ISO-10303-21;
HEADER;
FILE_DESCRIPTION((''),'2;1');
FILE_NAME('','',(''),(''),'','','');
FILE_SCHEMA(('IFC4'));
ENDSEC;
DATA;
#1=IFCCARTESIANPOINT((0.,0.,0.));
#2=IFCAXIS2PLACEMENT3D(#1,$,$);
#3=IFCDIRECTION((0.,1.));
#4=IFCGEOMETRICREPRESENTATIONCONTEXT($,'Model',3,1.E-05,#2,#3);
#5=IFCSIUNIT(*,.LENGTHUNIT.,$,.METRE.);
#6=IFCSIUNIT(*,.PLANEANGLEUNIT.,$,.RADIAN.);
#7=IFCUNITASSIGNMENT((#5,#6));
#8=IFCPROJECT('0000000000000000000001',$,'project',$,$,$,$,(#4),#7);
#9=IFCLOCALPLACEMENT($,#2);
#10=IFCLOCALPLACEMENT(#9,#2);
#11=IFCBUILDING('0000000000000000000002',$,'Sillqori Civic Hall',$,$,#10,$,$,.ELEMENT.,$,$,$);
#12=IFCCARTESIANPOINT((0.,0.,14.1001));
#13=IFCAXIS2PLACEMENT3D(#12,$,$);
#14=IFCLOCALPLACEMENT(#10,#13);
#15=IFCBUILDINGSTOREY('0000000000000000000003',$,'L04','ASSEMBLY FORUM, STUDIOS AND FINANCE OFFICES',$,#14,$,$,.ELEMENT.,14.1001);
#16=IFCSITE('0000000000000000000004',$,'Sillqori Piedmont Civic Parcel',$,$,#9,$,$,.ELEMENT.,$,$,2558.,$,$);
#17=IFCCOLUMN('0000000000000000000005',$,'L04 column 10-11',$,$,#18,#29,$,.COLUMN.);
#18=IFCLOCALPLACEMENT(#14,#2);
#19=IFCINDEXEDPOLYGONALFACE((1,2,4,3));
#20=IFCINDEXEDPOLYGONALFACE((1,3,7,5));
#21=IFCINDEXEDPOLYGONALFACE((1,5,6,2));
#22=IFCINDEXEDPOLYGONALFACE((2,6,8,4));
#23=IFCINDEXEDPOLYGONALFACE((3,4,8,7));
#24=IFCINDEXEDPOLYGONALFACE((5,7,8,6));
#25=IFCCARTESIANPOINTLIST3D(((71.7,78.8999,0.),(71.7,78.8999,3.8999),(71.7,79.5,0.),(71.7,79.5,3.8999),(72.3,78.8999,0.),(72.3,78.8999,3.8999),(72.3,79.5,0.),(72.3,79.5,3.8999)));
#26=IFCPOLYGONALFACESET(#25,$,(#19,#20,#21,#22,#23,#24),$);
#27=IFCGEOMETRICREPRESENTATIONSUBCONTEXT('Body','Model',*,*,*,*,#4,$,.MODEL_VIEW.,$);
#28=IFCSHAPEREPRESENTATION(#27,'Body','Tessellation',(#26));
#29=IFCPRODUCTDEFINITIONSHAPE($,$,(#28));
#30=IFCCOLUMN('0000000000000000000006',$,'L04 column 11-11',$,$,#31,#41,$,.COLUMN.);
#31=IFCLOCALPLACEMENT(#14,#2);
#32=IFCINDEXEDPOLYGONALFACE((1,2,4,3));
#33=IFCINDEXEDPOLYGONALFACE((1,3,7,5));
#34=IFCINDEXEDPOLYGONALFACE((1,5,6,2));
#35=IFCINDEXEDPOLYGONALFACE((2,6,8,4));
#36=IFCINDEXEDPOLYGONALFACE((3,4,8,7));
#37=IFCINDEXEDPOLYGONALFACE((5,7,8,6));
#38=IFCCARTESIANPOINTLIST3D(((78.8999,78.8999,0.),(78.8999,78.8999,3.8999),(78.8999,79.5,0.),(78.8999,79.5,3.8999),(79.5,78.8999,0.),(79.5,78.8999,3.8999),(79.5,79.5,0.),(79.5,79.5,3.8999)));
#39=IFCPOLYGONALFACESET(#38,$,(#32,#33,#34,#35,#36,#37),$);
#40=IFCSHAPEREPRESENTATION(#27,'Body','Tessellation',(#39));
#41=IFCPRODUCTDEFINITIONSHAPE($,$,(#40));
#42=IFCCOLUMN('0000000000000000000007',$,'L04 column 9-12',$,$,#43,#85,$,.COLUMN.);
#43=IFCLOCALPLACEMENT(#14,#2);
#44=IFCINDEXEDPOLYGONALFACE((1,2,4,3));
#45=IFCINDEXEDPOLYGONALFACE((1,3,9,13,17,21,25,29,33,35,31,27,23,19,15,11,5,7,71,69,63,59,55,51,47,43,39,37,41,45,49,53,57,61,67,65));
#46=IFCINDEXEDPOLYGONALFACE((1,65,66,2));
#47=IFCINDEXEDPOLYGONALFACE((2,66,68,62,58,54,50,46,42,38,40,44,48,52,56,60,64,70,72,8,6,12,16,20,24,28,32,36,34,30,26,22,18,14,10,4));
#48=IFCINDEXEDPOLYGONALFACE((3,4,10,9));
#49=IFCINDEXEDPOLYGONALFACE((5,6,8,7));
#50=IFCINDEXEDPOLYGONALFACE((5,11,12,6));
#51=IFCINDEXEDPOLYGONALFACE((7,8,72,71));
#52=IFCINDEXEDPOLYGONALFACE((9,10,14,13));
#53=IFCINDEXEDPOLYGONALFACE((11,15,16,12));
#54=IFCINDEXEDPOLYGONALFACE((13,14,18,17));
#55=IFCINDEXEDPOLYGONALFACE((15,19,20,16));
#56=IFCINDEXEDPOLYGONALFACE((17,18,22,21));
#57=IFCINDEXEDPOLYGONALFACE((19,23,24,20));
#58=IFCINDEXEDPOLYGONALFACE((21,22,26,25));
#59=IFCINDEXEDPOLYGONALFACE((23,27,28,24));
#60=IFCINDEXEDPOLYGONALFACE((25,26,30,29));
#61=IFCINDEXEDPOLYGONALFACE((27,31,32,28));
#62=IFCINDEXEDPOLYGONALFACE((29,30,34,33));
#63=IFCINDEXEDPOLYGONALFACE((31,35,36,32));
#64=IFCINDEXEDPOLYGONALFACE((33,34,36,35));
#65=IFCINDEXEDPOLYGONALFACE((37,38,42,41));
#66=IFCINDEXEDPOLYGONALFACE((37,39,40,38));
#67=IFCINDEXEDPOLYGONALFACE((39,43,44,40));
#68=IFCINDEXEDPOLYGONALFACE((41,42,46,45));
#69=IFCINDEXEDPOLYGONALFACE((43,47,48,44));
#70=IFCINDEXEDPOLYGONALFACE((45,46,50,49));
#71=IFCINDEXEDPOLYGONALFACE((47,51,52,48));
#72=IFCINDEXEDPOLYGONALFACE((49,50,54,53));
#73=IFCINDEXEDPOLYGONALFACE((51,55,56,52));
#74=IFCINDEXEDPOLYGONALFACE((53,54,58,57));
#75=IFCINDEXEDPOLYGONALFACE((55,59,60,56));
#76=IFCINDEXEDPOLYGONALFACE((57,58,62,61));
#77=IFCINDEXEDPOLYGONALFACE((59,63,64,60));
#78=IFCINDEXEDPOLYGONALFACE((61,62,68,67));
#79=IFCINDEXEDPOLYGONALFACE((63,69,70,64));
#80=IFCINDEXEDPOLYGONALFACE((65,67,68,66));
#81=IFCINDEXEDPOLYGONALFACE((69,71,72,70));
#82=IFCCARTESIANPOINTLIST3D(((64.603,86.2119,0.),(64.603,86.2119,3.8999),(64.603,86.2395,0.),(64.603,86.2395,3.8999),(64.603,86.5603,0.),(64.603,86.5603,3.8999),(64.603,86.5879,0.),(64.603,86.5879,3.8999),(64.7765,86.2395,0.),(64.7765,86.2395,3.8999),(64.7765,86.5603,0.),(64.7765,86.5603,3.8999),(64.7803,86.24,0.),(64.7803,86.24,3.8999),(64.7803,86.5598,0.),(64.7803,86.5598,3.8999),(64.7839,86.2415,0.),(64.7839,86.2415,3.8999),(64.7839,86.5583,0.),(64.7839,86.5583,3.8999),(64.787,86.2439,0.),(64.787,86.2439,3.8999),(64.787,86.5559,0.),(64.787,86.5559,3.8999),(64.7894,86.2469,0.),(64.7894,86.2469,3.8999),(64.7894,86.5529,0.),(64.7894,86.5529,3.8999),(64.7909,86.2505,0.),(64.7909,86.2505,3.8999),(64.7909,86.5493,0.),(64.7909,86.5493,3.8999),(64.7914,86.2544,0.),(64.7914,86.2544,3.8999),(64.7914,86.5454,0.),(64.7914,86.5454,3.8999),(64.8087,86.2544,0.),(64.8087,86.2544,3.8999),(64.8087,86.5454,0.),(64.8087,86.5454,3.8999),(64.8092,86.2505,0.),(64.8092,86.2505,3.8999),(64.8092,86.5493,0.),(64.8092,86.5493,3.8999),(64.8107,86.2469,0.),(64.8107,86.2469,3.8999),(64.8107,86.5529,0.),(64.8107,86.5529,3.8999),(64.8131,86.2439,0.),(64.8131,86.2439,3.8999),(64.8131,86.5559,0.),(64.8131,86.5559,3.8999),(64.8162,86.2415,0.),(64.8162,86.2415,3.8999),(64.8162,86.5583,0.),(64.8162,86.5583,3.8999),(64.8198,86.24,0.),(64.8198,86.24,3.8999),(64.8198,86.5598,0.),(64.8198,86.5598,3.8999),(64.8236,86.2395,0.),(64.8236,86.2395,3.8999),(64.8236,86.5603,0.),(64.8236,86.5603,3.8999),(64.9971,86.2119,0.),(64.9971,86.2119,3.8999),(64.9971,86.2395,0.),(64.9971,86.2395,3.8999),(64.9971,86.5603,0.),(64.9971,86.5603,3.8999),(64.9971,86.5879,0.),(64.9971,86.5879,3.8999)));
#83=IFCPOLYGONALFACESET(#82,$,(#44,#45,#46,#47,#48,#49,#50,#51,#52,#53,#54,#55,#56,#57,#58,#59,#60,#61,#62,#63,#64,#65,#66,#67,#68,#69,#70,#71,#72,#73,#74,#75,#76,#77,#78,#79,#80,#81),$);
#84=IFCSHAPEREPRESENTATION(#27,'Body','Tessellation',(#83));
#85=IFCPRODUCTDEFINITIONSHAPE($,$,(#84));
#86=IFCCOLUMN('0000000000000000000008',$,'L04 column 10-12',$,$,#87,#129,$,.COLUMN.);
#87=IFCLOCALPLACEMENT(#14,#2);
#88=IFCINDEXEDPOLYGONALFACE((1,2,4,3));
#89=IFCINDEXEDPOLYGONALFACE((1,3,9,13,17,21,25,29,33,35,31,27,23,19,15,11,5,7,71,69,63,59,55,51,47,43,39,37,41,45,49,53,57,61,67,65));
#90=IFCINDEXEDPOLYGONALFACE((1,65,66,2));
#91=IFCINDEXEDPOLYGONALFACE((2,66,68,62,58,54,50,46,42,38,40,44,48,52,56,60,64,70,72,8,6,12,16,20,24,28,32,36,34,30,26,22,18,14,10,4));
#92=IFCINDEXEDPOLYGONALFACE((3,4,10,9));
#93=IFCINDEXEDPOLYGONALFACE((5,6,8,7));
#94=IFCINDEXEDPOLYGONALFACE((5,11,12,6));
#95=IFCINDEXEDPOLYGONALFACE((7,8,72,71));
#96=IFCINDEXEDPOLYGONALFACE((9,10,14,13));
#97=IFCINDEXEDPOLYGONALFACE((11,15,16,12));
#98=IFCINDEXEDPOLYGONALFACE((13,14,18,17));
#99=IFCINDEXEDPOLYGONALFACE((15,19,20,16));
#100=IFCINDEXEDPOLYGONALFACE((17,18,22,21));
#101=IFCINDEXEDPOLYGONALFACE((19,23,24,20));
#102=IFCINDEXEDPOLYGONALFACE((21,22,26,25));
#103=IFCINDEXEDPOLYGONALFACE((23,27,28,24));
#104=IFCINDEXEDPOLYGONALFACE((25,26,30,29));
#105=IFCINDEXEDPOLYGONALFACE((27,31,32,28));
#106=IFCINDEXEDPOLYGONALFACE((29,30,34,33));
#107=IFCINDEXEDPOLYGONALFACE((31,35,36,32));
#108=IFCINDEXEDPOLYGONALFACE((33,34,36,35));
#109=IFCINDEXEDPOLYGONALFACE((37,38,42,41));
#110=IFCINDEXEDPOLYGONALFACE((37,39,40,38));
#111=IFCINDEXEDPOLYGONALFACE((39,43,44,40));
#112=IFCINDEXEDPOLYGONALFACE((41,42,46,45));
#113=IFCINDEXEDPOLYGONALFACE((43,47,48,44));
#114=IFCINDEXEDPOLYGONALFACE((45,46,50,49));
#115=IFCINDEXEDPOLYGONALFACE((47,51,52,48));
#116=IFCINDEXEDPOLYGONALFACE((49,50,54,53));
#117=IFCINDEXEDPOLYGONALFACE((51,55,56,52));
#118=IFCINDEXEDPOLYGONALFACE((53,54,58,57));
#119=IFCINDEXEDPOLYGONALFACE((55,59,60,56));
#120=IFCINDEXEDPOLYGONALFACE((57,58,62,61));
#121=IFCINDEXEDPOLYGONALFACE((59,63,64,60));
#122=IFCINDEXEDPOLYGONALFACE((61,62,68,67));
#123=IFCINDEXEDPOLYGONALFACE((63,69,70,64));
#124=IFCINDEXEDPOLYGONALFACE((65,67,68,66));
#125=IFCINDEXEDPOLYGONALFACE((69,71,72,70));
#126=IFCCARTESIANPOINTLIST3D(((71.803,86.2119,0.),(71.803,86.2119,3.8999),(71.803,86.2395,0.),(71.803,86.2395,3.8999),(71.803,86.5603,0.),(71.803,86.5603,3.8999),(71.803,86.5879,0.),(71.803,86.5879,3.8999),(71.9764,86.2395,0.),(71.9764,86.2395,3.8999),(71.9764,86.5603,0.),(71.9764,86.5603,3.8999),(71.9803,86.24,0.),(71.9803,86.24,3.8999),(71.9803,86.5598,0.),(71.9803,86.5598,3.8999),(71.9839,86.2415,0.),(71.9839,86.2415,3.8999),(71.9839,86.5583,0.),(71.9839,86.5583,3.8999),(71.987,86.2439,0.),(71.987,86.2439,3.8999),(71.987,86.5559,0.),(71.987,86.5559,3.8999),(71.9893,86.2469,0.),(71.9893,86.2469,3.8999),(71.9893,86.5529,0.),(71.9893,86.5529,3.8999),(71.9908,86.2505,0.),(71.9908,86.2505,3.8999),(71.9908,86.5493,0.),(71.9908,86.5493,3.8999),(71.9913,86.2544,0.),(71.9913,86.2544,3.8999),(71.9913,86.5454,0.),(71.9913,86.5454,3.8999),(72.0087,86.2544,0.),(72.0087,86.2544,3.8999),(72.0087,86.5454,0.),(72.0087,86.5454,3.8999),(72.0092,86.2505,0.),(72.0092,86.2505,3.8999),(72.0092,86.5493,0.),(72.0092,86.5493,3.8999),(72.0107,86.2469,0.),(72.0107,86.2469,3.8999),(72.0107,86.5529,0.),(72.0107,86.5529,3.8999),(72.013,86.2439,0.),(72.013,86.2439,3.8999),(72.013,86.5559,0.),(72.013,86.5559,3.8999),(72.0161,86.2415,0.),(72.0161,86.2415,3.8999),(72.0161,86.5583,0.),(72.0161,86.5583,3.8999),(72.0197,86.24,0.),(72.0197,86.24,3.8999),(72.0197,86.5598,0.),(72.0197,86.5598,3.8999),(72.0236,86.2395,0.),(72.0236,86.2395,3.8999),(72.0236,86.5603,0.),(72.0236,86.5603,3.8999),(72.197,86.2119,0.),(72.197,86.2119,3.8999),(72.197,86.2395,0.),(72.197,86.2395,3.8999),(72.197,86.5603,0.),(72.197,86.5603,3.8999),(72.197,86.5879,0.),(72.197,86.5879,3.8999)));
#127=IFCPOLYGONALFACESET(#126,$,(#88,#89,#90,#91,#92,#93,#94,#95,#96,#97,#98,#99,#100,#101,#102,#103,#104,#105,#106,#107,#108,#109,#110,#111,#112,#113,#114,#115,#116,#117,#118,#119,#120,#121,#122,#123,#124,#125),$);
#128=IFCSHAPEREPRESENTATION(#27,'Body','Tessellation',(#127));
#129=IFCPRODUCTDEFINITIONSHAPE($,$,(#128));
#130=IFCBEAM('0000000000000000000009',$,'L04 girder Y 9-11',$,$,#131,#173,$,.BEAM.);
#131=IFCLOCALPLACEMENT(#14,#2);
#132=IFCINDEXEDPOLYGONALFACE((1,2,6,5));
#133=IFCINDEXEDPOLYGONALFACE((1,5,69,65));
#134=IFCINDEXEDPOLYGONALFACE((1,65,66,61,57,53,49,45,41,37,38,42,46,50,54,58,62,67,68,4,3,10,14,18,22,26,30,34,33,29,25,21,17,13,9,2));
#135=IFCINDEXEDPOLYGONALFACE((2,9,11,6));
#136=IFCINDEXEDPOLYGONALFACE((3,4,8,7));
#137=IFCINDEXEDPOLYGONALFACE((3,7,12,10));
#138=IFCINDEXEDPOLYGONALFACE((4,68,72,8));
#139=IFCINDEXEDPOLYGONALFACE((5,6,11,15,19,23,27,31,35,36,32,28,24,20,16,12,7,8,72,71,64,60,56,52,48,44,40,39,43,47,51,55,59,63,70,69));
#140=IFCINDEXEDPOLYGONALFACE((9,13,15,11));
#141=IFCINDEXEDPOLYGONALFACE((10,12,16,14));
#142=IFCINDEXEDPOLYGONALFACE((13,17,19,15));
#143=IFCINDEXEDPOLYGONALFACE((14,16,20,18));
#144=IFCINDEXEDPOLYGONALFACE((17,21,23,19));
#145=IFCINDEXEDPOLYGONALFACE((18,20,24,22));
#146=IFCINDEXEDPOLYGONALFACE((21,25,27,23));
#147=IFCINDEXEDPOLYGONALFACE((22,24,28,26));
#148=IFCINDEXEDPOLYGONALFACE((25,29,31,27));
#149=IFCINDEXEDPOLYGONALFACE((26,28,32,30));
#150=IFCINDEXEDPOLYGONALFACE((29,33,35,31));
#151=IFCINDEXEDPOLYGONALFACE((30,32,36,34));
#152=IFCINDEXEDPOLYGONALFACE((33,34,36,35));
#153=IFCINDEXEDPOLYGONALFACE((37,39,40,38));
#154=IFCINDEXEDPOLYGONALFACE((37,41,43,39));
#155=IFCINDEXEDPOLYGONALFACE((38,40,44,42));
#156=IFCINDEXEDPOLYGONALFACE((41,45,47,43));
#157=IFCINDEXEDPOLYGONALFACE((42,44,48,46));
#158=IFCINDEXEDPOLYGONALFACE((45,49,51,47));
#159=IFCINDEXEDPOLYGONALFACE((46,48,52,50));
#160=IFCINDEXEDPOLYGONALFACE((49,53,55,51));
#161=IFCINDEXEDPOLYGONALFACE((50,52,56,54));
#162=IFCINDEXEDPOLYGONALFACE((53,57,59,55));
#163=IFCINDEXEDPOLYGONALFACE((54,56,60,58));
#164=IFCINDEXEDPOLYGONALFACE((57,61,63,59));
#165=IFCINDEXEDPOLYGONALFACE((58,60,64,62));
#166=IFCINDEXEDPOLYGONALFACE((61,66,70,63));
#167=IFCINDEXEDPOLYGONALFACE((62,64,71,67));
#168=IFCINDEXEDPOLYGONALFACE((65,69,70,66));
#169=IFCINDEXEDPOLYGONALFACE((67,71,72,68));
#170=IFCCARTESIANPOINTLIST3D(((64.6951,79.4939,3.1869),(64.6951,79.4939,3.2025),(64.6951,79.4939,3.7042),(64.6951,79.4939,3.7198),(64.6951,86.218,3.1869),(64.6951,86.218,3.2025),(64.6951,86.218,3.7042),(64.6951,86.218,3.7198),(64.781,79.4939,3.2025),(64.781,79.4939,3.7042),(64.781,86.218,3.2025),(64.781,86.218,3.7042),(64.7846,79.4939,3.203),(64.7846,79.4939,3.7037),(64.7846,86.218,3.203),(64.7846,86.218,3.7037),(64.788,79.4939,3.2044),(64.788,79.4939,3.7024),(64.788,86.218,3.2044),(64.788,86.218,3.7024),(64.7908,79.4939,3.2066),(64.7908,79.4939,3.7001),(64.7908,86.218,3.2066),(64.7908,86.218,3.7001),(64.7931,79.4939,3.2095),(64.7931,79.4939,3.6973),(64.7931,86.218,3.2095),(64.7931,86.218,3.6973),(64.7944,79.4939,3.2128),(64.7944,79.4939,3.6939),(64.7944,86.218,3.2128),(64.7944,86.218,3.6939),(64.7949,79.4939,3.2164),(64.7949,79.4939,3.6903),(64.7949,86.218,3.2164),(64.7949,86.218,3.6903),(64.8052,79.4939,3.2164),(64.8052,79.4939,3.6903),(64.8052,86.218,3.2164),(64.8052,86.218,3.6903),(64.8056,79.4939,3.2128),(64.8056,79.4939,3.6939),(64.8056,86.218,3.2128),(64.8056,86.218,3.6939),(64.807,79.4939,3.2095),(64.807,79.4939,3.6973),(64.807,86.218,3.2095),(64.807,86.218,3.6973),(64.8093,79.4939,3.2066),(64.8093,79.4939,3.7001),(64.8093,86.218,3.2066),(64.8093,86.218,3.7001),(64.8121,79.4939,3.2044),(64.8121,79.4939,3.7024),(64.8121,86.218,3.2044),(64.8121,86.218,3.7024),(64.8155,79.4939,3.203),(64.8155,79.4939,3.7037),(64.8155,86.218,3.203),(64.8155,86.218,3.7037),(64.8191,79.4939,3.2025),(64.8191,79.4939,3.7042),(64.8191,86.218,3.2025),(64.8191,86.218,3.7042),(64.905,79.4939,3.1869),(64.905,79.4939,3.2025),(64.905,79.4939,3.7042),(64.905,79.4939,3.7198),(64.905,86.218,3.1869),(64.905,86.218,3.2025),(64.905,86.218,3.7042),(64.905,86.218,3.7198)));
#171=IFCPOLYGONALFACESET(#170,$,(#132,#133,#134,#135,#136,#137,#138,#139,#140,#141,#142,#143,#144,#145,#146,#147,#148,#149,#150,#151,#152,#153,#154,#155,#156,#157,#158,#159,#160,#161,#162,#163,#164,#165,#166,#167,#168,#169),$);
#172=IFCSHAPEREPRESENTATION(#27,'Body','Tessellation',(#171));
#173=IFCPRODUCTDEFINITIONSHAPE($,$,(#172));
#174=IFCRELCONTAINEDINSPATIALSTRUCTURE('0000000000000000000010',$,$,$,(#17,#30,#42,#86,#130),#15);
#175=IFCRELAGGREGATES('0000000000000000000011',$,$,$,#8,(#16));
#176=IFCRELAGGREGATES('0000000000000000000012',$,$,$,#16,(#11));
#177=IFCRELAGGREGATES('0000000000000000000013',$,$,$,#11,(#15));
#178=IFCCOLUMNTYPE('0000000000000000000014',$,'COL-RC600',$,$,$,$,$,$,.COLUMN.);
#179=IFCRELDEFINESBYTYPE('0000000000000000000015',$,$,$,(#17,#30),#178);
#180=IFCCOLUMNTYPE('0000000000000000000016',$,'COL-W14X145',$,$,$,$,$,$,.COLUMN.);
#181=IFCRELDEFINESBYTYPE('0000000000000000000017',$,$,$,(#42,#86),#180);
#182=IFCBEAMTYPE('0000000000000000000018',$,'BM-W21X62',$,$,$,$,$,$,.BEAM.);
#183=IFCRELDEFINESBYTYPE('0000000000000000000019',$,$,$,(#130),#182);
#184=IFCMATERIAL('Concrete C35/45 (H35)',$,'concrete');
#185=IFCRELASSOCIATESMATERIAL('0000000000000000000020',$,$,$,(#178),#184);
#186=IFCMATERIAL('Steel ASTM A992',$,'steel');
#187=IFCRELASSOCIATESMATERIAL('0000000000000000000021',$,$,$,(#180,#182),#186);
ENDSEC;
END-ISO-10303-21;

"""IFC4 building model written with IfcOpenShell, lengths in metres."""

from ifc_helpers import new_model, si_unit, direction, frame, origin, origin_2d, place, context, subcontext, project, spatial, rectangle, i_section, extrude, material, material_profile, profile_set, type_object, element, save


model = new_model("IFC4")

# Units and contexts
model_context = context("Model", 3, precision=1e-05, world=origin(), true_north=direction((0.0, 1.0)))
body_context = subcontext(model_context, "Body", "Model", "MODEL_VIEW")
ifc_project = project(units=[si_unit("LENGTHUNIT", "METRE"), si_unit("PLANEANGLEUNIT", "RADIAN")], contexts=[model_context])

# Site, building, storey
site_placement = place(None, origin())
site = spatial("IfcSite", under=ifc_project, at=site_placement, Name="Sillqori Piedmont Civic Parcel", CompositionType="ELEMENT", RefElevation=2558.0)
building_placement = place(site_placement, origin())
building = spatial("IfcBuilding", under=site, at=building_placement, Name="Sillqori Civic Hall", CompositionType="ELEMENT")
storey_placement = place(building_placement, frame((0.0, 0.0, 14.1001)))
storey = spatial("IfcBuildingStorey", under=building, at=storey_placement, Name="L04", Description="ASSEMBLY FORUM, STUDIOS AND FINANCE OFFICES", CompositionType="ELEMENT", Elevation=14.1001)

# Columns
ifc_material_1 = material(Name="Concrete C35/45 (H35)", Category="concrete")
ifc_material_profile_1 = material_profile(ifc_material_1, rectangle(XDim=0.6001, YDim=0.6001, at=origin_2d()), Name="RC 600x600")
ifc_profile_set_1 = profile_set([ifc_material_profile_1], Name="Concrete C35/45 (H35)")
column_type_1 = type_object("IfcColumnType", Name="COL-RC600", PredefinedType="COLUMN", material=ifc_profile_set_1)
for number, where, z_axis, x_axis, name in (
    (1, (72.0, 79.2, 0.0), (0.0, 0.0, 1.0), (1.0, 0.0, 0.0), "L04 column 10-11"),
    (2, (79.2, 79.2, 0.0), (0.0, 0.0, 1.0), (1.0, 0.0, 0.0), "L04 column 11-11"),
):
    element("IfcColumn", number, at=place(storey_placement, frame(where, z_axis=z_axis, x_axis=x_axis)), inside=storey, type_object=column_type_1, Name=name, PredefinedType="COLUMN", context=body_context, shape_type="SweptSolid", body=[
        extrude(rectangle(XDim=0.6001, YDim=0.6001, at=origin_2d()), origin(), (0.0, 0.0, 1.0), 3.8999),
    ])
ifc_material_2 = material(Name="Steel ASTM A992", Category="steel")
ifc_material_profile_2 = material_profile(ifc_material_2, i_section(OverallWidth=0.394, OverallDepth=0.376, WebThickness=0.0173, FlangeThickness=0.0276, FilletRadius=0.0149, at=origin_2d()), Name="W14X145")
ifc_profile_set_2 = profile_set([ifc_material_profile_2], Name="Steel ASTM A992")
column_type_2 = type_object("IfcColumnType", Name="COL-W14X145", PredefinedType="COLUMN", material=ifc_profile_set_2)
for number, where, z_axis, x_axis, name in (
    (3, (64.8, 86.3999, 0.0), (0.0, 0.0, 1.0), (1.0, 0.0, 0.0), "L04 column 9-12"),
    (4, (72.0, 86.3999, 0.0), (0.0, 0.0, 1.0), (1.0, 0.0, 0.0), "L04 column 10-12"),
):
    element("IfcColumn", number, at=place(storey_placement, frame(where, z_axis=z_axis, x_axis=x_axis)), inside=storey, type_object=column_type_2, Name=name, PredefinedType="COLUMN", context=body_context, shape_type="SweptSolid", body=[
        extrude(i_section(OverallWidth=0.394, OverallDepth=0.376, WebThickness=0.0173, FlangeThickness=0.0276, FilletRadius=0.0149, at=origin_2d()), origin(), (0.0, 0.0, 1.0), 3.8999),
    ])

# Beam
ifc_material_profile_3 = material_profile(ifc_material_2, i_section(OverallWidth=0.21, OverallDepth=0.533, WebThickness=0.0103, FlangeThickness=0.0156, FilletRadius=0.0139, at=origin_2d()), Name="W21X62")
ifc_profile_set_3 = profile_set([ifc_material_profile_3], Name="Steel ASTM A992")
beam_type_1 = type_object("IfcBeamType", Name="BM-W21X62", PredefinedType="BEAM", material=ifc_profile_set_3)
for number, where, z_axis, x_axis, name in (
    (5, (64.8, 79.4939, 3.4534), (0.0, 1.0, 0.0), (-1.0, 0.0, 0.0), "L04 girder Y 9-11"),
):
    element("IfcBeam", number, at=place(storey_placement, frame(where, z_axis=z_axis, x_axis=x_axis)), inside=storey, type_object=beam_type_1, Name=name, PredefinedType="BEAM", context=body_context, shape_type="SweptSolid", body=[
        extrude(i_section(OverallWidth=0.21, OverallDepth=0.533, WebThickness=0.0103, FlangeThickness=0.0156, FilletRadius=0.0139, at=origin_2d()), origin(), (0.0, 0.0, 1.0), 6.7241),
    ])

save(model, "model.ifc")
